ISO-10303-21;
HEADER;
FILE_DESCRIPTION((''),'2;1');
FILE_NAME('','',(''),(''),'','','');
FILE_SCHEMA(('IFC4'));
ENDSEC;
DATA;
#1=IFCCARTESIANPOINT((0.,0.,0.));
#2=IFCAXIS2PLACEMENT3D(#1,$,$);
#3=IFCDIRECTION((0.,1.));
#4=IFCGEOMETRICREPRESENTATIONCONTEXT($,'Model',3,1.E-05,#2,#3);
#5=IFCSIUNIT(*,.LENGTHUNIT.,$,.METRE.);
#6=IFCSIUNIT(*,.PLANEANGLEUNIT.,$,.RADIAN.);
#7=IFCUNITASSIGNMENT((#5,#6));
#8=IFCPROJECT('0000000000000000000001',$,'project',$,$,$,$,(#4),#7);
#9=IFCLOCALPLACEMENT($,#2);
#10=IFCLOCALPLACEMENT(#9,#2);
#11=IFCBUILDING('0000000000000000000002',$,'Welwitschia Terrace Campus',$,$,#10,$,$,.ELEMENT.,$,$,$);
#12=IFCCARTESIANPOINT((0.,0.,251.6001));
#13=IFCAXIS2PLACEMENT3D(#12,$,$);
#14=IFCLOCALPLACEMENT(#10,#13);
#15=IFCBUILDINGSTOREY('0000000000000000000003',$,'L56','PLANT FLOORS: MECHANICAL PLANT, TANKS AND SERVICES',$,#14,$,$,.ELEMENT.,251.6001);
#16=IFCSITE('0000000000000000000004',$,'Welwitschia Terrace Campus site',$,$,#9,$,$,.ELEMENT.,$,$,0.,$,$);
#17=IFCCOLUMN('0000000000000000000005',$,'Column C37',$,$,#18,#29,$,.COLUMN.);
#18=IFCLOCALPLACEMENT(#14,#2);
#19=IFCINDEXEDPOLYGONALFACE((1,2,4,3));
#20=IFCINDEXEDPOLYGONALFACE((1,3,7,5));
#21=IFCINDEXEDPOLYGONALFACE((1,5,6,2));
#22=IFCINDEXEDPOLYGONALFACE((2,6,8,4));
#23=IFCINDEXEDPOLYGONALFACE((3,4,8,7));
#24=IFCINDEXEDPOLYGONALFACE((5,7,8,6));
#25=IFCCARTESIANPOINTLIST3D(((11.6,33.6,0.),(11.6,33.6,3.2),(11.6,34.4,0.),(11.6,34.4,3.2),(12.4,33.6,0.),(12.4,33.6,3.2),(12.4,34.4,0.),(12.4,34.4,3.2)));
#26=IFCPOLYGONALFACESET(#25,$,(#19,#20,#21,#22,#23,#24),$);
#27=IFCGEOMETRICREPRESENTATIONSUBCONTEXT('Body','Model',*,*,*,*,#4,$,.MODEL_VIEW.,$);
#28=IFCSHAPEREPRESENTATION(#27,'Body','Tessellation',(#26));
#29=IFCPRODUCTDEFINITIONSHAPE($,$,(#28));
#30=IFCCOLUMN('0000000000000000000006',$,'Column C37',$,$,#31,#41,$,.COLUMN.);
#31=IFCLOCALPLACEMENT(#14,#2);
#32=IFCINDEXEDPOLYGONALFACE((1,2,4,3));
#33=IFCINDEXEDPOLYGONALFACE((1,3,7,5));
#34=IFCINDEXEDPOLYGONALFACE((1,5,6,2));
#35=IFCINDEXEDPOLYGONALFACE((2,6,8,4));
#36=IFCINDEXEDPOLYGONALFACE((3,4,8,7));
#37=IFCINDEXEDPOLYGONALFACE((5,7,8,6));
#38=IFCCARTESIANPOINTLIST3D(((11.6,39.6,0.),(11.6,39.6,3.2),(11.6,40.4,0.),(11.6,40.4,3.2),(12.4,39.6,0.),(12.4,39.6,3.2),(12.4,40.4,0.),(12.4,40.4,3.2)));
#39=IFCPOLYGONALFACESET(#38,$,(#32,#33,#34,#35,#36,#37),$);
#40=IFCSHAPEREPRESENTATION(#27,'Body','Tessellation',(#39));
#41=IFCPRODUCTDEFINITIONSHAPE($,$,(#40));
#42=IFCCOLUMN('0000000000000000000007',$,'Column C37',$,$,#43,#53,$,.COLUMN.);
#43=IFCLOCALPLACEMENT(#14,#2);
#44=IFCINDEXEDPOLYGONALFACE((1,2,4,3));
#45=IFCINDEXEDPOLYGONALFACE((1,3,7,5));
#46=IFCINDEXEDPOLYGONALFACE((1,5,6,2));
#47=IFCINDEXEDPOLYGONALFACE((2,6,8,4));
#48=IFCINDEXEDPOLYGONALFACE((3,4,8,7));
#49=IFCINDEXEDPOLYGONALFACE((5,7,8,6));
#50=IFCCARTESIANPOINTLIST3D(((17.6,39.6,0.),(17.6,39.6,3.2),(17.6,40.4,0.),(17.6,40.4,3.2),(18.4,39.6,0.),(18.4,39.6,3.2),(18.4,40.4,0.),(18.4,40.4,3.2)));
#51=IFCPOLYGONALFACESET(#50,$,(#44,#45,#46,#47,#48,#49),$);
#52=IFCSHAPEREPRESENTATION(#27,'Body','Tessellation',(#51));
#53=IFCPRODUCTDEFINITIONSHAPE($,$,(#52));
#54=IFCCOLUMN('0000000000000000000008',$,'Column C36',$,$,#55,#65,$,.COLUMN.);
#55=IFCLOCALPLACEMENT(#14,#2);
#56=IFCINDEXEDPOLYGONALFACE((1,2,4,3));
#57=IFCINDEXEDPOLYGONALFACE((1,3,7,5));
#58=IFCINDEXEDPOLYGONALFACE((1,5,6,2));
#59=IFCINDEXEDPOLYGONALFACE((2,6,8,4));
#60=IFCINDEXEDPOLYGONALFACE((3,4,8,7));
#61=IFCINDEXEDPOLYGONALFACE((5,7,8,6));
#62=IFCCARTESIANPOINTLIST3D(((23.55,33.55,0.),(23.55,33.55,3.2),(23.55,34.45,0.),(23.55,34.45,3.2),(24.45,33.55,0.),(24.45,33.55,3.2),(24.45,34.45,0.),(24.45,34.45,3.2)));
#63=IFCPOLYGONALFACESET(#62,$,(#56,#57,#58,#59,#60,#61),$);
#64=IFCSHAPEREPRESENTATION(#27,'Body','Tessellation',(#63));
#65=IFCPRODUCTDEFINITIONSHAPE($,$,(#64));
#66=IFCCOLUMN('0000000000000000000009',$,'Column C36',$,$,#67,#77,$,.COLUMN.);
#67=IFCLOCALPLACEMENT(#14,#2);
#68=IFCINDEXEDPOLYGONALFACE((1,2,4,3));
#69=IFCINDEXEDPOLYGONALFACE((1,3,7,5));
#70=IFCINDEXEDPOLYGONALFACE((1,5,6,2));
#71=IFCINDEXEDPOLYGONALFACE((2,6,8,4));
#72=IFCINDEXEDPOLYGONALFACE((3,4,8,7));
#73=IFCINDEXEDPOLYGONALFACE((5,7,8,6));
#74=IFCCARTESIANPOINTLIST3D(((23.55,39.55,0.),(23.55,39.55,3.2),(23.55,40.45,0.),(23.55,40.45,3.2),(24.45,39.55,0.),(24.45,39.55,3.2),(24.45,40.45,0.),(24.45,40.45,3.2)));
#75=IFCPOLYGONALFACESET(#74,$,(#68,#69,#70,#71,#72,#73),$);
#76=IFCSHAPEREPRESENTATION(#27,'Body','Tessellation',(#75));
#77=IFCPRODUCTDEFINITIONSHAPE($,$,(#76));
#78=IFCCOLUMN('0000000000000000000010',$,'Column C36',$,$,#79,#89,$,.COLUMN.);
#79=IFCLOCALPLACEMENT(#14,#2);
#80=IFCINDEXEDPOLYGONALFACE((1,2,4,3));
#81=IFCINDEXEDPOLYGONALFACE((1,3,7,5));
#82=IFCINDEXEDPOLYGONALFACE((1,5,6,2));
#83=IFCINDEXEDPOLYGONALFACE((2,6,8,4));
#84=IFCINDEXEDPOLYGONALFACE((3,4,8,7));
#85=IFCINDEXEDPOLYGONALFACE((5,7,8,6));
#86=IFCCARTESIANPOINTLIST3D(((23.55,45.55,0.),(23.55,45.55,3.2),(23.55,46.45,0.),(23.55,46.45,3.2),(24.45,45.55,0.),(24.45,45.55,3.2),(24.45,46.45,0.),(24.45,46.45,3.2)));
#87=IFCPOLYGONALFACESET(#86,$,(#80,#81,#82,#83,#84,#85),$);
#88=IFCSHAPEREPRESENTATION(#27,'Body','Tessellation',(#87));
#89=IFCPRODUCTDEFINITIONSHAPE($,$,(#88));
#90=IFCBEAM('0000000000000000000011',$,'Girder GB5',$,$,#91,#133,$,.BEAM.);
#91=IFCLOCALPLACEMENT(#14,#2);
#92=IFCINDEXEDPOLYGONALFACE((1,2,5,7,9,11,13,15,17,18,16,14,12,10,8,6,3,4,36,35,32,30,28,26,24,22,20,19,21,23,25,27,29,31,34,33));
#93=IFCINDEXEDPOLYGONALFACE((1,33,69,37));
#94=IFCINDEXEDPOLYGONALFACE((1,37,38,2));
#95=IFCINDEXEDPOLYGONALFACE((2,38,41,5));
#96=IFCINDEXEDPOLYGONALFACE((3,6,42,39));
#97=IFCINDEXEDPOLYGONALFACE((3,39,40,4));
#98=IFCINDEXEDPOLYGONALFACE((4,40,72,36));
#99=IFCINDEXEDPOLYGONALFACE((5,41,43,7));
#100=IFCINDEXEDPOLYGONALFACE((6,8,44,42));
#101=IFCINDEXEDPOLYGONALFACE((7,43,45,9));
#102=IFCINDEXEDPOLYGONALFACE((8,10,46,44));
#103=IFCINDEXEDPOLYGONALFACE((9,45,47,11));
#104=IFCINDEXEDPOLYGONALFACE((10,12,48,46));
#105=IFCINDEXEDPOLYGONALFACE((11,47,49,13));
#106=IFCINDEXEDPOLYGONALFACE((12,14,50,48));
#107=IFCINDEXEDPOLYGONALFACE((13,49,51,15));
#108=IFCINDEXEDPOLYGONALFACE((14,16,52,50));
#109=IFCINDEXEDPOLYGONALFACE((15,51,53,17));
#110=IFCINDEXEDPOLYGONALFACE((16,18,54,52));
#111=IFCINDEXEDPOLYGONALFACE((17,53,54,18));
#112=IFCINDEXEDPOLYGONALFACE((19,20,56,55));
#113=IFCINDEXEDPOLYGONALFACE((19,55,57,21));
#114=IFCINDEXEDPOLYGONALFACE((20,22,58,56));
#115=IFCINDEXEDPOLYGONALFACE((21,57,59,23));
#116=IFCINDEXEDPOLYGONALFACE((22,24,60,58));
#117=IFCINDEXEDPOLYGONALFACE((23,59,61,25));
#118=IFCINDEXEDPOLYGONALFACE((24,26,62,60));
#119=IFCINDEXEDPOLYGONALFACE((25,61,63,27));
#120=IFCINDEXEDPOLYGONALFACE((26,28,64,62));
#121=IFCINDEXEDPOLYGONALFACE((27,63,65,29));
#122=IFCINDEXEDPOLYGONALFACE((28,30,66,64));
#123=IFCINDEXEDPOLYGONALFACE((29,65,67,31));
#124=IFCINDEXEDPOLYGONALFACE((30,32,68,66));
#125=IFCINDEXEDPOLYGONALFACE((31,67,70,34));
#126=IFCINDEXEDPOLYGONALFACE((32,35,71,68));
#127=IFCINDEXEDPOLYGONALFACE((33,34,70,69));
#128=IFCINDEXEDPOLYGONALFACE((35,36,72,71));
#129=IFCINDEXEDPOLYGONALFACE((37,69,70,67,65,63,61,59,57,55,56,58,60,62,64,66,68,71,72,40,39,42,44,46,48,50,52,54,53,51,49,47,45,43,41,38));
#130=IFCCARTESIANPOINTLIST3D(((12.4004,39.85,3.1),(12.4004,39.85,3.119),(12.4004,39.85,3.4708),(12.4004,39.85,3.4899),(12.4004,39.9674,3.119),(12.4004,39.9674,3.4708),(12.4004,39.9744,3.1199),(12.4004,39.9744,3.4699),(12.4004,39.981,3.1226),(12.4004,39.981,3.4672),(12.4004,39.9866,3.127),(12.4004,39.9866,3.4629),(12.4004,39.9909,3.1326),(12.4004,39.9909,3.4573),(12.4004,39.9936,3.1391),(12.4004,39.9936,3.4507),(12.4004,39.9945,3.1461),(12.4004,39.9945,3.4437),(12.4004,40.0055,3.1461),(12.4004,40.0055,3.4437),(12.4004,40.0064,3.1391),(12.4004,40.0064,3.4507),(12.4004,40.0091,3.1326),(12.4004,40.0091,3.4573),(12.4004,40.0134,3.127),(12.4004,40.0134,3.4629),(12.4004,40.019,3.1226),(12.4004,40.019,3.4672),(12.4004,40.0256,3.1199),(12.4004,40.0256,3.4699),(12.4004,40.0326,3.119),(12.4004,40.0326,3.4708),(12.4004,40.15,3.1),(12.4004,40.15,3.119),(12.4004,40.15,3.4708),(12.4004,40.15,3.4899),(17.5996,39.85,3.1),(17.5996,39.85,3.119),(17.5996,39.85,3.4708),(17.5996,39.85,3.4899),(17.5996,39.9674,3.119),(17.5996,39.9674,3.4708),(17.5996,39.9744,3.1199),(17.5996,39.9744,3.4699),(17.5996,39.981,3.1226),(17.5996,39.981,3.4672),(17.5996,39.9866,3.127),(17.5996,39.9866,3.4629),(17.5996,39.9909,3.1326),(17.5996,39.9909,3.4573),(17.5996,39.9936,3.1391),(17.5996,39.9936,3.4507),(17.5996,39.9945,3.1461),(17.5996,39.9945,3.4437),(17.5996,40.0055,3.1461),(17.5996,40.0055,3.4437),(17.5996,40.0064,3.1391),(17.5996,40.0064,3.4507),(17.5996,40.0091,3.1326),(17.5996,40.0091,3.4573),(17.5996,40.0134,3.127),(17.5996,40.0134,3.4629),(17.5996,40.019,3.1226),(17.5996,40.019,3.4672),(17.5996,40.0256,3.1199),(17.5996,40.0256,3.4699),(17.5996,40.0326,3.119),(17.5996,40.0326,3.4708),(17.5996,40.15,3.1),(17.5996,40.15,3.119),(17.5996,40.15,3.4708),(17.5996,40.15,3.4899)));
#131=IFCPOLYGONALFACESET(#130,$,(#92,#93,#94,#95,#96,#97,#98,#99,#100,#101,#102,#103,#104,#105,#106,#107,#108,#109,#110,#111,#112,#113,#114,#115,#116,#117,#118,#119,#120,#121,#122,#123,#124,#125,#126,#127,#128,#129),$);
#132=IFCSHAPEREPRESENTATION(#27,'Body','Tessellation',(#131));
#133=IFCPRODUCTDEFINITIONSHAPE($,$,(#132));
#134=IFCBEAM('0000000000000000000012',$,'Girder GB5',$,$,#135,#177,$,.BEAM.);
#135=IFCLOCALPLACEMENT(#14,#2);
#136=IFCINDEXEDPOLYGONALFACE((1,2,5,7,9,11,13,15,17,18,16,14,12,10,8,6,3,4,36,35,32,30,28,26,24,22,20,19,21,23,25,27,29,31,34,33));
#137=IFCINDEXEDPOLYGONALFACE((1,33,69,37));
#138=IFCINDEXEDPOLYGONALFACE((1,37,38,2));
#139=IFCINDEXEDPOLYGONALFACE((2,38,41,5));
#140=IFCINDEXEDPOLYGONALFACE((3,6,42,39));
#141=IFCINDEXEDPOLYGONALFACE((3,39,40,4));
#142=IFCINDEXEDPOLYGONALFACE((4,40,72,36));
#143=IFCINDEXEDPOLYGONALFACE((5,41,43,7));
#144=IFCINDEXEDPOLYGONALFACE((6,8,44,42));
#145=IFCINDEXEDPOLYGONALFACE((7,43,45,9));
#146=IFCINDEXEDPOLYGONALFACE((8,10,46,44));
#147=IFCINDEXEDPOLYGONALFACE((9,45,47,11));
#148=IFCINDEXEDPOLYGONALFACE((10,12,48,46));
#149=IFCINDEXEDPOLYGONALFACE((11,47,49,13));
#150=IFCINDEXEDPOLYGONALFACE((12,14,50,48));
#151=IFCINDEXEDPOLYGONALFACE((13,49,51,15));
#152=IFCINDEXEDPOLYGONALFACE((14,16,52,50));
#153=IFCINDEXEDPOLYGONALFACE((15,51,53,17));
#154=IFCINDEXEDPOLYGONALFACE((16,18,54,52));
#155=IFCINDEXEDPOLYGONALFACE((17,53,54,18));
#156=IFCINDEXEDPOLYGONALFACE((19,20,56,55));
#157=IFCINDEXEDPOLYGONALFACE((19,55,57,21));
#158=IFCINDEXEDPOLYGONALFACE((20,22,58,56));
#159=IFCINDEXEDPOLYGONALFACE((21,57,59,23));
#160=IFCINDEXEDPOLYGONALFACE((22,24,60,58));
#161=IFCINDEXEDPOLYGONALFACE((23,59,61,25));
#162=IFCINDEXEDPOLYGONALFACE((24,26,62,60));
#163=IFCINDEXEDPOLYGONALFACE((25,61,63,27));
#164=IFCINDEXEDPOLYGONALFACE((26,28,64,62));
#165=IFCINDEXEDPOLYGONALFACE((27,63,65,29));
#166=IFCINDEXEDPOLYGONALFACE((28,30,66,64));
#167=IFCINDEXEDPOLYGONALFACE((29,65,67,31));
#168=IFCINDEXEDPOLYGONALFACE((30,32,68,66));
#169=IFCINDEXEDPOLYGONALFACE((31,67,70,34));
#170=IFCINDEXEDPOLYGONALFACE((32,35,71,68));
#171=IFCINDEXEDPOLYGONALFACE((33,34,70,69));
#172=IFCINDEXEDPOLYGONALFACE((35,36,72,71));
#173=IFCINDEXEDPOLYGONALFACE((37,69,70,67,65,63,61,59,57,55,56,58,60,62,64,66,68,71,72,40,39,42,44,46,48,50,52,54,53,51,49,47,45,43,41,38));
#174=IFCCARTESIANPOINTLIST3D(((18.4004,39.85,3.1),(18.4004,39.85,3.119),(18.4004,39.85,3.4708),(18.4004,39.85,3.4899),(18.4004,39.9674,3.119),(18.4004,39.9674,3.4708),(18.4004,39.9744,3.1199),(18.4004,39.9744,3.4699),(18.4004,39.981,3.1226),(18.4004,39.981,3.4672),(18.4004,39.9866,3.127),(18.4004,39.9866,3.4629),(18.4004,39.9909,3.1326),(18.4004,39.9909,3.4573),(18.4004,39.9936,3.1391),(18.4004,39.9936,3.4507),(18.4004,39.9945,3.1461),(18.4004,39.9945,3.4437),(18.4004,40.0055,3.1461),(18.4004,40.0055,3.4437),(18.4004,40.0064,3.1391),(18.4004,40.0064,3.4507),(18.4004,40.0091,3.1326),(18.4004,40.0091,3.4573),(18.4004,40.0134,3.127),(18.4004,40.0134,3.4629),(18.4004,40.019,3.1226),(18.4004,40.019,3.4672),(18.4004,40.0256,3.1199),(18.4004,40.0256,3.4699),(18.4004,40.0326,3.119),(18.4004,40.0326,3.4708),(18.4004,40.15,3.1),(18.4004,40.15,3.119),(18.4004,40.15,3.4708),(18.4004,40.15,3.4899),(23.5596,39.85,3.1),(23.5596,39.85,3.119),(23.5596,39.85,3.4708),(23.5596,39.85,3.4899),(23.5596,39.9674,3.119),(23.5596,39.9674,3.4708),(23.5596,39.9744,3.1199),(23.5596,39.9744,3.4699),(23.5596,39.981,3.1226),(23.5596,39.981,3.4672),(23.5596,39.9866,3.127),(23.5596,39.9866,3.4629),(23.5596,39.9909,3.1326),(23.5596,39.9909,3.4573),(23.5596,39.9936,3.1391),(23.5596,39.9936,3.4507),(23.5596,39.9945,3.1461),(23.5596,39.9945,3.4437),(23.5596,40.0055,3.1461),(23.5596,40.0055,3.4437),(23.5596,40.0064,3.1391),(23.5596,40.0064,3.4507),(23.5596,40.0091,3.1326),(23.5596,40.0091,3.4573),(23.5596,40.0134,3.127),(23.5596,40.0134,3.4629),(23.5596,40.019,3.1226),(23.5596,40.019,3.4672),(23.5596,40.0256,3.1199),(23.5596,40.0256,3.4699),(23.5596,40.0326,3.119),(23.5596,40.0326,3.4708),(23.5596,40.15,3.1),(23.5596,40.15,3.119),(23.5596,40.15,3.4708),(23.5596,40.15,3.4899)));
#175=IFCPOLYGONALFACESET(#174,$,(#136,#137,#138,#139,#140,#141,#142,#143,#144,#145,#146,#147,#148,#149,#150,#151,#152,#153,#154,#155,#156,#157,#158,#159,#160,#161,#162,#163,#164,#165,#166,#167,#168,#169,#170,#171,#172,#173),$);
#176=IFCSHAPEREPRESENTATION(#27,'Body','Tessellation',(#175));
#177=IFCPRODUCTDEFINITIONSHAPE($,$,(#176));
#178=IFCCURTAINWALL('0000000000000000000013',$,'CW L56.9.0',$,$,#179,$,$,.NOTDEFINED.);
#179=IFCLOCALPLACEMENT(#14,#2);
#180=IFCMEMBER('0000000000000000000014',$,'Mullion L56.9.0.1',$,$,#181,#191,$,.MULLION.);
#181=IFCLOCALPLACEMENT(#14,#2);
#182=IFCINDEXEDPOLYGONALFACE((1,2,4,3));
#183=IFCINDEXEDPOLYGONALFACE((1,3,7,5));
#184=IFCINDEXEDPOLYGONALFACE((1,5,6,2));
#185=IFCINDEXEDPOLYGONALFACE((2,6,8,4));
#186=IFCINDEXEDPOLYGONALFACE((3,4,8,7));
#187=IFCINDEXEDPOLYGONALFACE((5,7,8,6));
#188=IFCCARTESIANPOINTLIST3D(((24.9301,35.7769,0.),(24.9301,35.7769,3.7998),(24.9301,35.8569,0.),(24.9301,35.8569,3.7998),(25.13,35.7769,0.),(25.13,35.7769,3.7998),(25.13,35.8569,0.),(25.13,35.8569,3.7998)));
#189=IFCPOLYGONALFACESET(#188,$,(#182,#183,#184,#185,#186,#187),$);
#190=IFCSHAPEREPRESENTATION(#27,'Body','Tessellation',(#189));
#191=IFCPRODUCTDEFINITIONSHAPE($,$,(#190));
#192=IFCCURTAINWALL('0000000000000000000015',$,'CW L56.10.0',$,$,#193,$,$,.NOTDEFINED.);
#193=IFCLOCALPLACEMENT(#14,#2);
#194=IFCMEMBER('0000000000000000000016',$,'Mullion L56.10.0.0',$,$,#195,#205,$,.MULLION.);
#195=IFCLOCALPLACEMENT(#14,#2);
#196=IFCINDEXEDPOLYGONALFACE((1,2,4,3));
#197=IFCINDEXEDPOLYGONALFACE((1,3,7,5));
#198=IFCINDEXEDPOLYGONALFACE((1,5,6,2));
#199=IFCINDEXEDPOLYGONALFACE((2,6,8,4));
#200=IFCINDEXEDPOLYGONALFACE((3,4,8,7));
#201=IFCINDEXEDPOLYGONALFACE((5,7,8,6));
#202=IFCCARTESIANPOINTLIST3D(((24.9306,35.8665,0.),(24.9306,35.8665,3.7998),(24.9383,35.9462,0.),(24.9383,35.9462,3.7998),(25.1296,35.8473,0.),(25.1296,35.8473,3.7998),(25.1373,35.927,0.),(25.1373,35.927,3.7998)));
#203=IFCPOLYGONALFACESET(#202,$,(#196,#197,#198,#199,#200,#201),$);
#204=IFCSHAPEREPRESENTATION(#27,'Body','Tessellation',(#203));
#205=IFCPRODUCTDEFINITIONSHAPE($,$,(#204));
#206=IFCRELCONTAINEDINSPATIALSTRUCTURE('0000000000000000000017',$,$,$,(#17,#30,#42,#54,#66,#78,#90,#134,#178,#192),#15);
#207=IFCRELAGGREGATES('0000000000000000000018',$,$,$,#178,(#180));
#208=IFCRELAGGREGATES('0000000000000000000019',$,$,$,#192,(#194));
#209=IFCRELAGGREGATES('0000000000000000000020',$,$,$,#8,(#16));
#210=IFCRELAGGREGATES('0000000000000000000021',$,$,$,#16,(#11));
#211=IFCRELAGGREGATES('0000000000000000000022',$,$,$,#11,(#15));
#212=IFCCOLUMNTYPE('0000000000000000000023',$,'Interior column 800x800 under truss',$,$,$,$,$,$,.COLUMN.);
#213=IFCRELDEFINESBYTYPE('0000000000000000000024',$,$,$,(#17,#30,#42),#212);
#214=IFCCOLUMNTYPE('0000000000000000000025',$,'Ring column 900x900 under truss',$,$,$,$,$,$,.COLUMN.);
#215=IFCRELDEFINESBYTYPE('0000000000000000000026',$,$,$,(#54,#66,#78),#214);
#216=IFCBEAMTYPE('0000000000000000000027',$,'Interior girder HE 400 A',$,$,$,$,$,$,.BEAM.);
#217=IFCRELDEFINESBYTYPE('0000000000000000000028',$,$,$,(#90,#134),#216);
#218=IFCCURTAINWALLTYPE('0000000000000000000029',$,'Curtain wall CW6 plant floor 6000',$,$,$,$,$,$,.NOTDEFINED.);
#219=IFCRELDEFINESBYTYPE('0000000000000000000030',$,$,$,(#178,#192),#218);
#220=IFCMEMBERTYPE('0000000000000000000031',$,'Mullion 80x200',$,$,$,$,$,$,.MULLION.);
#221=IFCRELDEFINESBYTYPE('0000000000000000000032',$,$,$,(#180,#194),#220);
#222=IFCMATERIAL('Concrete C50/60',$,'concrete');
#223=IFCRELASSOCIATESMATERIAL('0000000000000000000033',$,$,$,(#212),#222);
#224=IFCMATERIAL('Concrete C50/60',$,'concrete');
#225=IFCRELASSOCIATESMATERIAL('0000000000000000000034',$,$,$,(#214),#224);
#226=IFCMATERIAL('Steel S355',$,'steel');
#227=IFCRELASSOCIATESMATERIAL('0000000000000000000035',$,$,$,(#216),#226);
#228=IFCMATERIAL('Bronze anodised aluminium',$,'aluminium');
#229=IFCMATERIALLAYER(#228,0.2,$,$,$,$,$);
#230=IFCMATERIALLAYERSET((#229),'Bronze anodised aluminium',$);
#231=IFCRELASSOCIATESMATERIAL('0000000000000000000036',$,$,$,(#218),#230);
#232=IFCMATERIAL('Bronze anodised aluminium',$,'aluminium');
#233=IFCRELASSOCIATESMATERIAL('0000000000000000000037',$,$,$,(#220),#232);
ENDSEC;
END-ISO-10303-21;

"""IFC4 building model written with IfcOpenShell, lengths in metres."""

from ifc_helpers import new_model, si_unit, direction, frame, origin, origin_2d, place, context, subcontext, project, spatial, rectangle, i_section, extrude, material, layer, layer_set, material_profile, profile_set, type_object, element, aggregate, save


model = new_model("IFC4")

# Units and contexts
model_context = context("Model", 3, precision=1e-05, world=origin(), true_north=direction((0.0, 1.0)))
body_context = subcontext(model_context, "Body", "Model", "MODEL_VIEW")
ifc_project = project(units=[si_unit("LENGTHUNIT", "METRE"), si_unit("PLANEANGLEUNIT", "RADIAN")], contexts=[model_context])

# Site, building, storey
site_placement = place(None, origin())
site = spatial("IfcSite", under=ifc_project, at=site_placement, Name="Welwitschia Terrace Campus site", CompositionType="ELEMENT", RefElevation=0.0)
building_placement = place(site_placement, origin())
building = spatial("IfcBuilding", under=site, at=building_placement, Name="Welwitschia Terrace Campus", CompositionType="ELEMENT")
storey_placement = place(building_placement, frame((0.0, 0.0, 251.6001)))
storey = spatial("IfcBuildingStorey", under=building, at=storey_placement, Name="L56", Description="PLANT FLOORS: MECHANICAL PLANT, TANKS AND SERVICES", CompositionType="ELEMENT", Elevation=251.6001)

# Columns
ifc_material_1 = material(Name="Concrete C50/60", Category="concrete")
ifc_material_profile_1 = material_profile(ifc_material_1, rectangle(XDim=0.8, YDim=0.8, at=origin_2d()))
ifc_profile_set_1 = profile_set([ifc_material_profile_1], Name="Concrete C50/60")
column_type_1 = type_object("IfcColumnType", Name="Interior column 800x800 under truss", PredefinedType="COLUMN", material=ifc_profile_set_1)
for number, where, z_axis, x_axis, name in (
    (1, (12.0, 34.0, 0.0), (0.0, 0.0, 1.0), (1.0, 0.0, 0.0), "Column C37"),
    (2, (12.0, 40.0, 0.0), (0.0, 0.0, 1.0), (1.0, 0.0, 0.0), "Column C37"),
    (3, (18.0, 40.0, 0.0), (0.0, 0.0, 1.0), (1.0, 0.0, 0.0), "Column C37"),
):
    element("IfcColumn", number, at=place(storey_placement, frame(where, z_axis=z_axis, x_axis=x_axis)), inside=storey, type_object=column_type_1, Name=name, PredefinedType="COLUMN", context=body_context, shape_type="SweptSolid", body=[
        extrude(rectangle(XDim=0.8, YDim=0.8, at=origin_2d()), origin(), (0.0, 0.0, 1.0), 3.2),
    ])
ifc_material_2 = material(Name="Concrete C50/60", Category="concrete")
ifc_material_profile_2 = material_profile(ifc_material_2, rectangle(XDim=0.8999, YDim=0.8999, at=origin_2d()))
ifc_profile_set_2 = profile_set([ifc_material_profile_2], Name="Concrete C50/60")
column_type_2 = type_object("IfcColumnType", Name="Ring column 900x900 under truss", PredefinedType="COLUMN", material=ifc_profile_set_2)
for number, where, z_axis, x_axis, name in (
    (4, (24.0, 34.0, 0.0), (0.0, 0.0, 1.0), (1.0, 0.0, 0.0), "Column C36"),
    (5, (24.0, 40.0, 0.0), (0.0, 0.0, 1.0), (1.0, 0.0, 0.0), "Column C36"),
    (6, (24.0, 46.0, 0.0), (0.0, 0.0, 1.0), (1.0, 0.0, 0.0), "Column C36"),
):
    element("IfcColumn", number, at=place(storey_placement, frame(where, z_axis=z_axis, x_axis=x_axis)), inside=storey, type_object=column_type_2, Name=name, PredefinedType="COLUMN", context=body_context, shape_type="SweptSolid", body=[
        extrude(rectangle(XDim=0.8999, YDim=0.8999, at=origin_2d()), origin(), (0.0, 0.0, 1.0), 3.2),
    ])

# Beams
ifc_material_3 = material(Name="Steel S355", Category="steel")
ifc_material_profile_3 = material_profile(ifc_material_3, i_section(OverallWidth=0.3, OverallDepth=0.3899, WebThickness=0.011, FlangeThickness=0.019, FilletRadius=0.0271, at=origin_2d()))
ifc_profile_set_3 = profile_set([ifc_material_profile_3], Name="Steel S355")
beam_type = type_object("IfcBeamType", Name="Interior girder HE 400 A", PredefinedType="BEAM", material=ifc_profile_set_3)
beam_1_placement = place(storey_placement, frame((12.4004, 40.0, 3.2949), z_axis=(1.0, 0.0, 0.0), x_axis=(0.0, 1.0, 0.0)))
element("IfcBeam", 7, at=beam_1_placement, inside=storey, type_object=beam_type, Name="Girder GB5", PredefinedType="BEAM", context=body_context, shape_type="SweptSolid", body=[
    extrude(i_section(OverallWidth=0.3, OverallDepth=0.3899, WebThickness=0.011, FlangeThickness=0.019, FilletRadius=0.0271, at=origin_2d()), origin(), (0.0, 0.0, 1.0), 5.1992),
])
beam_2_placement = place(storey_placement, frame((18.4004, 40.0, 3.2949), z_axis=(1.0, 0.0, 0.0), x_axis=(0.0, 1.0, 0.0)))
element("IfcBeam", 8, at=beam_2_placement, inside=storey, type_object=beam_type, Name="Girder GB5", PredefinedType="BEAM", context=body_context, shape_type="SweptSolid", body=[
    extrude(i_section(OverallWidth=0.3, OverallDepth=0.3899, WebThickness=0.011, FlangeThickness=0.019, FilletRadius=0.0271, at=origin_2d()), origin(), (0.0, 0.0, 1.0), 5.1592),
])

# Curtain wall, member
ifc_material_4 = material(Name="Bronze anodised aluminium", Category="aluminium")
ifc_layer_1 = layer(ifc_material_4, 0.2)
ifc_layer_set_1 = layer_set([ifc_layer_1], Name="Bronze anodised aluminium")
curtain_wall_type = type_object("IfcCurtainWallType", Name="Curtain wall CW6 plant floor 6000", PredefinedType="NOTDEFINED", material=ifc_layer_set_1)
curtain_wall_1_placement = place(storey_placement, origin())
curtain_wall_1 = element("IfcCurtainWall", 9, at=curtain_wall_1_placement, inside=storey, type_object=curtain_wall_type, Name="CW L56.9.0", PredefinedType="NOTDEFINED")
ifc_material_5 = material(Name="Bronze anodised aluminium", Category="aluminium")
ifc_material_profile_4 = material_profile(ifc_material_5, rectangle(XDim=0.2, YDim=0.0801, at=origin_2d()))
ifc_profile_set_4 = profile_set([ifc_material_profile_4], Name="Bronze anodised aluminium")
member_type_1 = type_object("IfcMemberType", Name="Mullion 80x200", PredefinedType="MULLION", material=ifc_profile_set_4)
member_1_placement = place(storey_placement, frame((25.03, 35.8169, 0.0), z_axis=(0.0, 0.0, 1.0), x_axis=(-1.0, 0.0, 0.0)))
member_1 = element("IfcMember", 10, at=member_1_placement, type_object=member_type_1, Name="Mullion L56.9.0.1", PredefinedType="MULLION", context=body_context, shape_type="SweptSolid", body=[
    extrude(rectangle(XDim=0.2, YDim=0.0801, at=origin_2d()), origin(), (0.0, 0.0, 1.0), 3.7998),
])
aggregate(curtain_wall_1, [member_1])

# Curtain wall, member
curtain_wall_2_placement = place(storey_placement, origin())
curtain_wall_2 = element("IfcCurtainWall", 11, at=curtain_wall_2_placement, inside=storey, type_object=curtain_wall_type, Name="CW L56.10.0", PredefinedType="NOTDEFINED")
member_2_placement = place(storey_placement, frame((25.0339, 35.8967, 0.0), z_axis=(0.0, 0.0, 1.0), x_axis=(-0.995396, 0.095846, 0.0)))
member_2 = element("IfcMember", 12, at=member_2_placement, type_object=member_type_1, Name="Mullion L56.10.0.0", PredefinedType="MULLION", context=body_context, shape_type="SweptSolid", body=[
    extrude(rectangle(XDim=0.2, YDim=0.0801, at=origin_2d()), origin(), (0.0, 0.0, 1.0), 3.7998),
])
aggregate(curtain_wall_2, [member_2])

save(model, "model.ifc")
